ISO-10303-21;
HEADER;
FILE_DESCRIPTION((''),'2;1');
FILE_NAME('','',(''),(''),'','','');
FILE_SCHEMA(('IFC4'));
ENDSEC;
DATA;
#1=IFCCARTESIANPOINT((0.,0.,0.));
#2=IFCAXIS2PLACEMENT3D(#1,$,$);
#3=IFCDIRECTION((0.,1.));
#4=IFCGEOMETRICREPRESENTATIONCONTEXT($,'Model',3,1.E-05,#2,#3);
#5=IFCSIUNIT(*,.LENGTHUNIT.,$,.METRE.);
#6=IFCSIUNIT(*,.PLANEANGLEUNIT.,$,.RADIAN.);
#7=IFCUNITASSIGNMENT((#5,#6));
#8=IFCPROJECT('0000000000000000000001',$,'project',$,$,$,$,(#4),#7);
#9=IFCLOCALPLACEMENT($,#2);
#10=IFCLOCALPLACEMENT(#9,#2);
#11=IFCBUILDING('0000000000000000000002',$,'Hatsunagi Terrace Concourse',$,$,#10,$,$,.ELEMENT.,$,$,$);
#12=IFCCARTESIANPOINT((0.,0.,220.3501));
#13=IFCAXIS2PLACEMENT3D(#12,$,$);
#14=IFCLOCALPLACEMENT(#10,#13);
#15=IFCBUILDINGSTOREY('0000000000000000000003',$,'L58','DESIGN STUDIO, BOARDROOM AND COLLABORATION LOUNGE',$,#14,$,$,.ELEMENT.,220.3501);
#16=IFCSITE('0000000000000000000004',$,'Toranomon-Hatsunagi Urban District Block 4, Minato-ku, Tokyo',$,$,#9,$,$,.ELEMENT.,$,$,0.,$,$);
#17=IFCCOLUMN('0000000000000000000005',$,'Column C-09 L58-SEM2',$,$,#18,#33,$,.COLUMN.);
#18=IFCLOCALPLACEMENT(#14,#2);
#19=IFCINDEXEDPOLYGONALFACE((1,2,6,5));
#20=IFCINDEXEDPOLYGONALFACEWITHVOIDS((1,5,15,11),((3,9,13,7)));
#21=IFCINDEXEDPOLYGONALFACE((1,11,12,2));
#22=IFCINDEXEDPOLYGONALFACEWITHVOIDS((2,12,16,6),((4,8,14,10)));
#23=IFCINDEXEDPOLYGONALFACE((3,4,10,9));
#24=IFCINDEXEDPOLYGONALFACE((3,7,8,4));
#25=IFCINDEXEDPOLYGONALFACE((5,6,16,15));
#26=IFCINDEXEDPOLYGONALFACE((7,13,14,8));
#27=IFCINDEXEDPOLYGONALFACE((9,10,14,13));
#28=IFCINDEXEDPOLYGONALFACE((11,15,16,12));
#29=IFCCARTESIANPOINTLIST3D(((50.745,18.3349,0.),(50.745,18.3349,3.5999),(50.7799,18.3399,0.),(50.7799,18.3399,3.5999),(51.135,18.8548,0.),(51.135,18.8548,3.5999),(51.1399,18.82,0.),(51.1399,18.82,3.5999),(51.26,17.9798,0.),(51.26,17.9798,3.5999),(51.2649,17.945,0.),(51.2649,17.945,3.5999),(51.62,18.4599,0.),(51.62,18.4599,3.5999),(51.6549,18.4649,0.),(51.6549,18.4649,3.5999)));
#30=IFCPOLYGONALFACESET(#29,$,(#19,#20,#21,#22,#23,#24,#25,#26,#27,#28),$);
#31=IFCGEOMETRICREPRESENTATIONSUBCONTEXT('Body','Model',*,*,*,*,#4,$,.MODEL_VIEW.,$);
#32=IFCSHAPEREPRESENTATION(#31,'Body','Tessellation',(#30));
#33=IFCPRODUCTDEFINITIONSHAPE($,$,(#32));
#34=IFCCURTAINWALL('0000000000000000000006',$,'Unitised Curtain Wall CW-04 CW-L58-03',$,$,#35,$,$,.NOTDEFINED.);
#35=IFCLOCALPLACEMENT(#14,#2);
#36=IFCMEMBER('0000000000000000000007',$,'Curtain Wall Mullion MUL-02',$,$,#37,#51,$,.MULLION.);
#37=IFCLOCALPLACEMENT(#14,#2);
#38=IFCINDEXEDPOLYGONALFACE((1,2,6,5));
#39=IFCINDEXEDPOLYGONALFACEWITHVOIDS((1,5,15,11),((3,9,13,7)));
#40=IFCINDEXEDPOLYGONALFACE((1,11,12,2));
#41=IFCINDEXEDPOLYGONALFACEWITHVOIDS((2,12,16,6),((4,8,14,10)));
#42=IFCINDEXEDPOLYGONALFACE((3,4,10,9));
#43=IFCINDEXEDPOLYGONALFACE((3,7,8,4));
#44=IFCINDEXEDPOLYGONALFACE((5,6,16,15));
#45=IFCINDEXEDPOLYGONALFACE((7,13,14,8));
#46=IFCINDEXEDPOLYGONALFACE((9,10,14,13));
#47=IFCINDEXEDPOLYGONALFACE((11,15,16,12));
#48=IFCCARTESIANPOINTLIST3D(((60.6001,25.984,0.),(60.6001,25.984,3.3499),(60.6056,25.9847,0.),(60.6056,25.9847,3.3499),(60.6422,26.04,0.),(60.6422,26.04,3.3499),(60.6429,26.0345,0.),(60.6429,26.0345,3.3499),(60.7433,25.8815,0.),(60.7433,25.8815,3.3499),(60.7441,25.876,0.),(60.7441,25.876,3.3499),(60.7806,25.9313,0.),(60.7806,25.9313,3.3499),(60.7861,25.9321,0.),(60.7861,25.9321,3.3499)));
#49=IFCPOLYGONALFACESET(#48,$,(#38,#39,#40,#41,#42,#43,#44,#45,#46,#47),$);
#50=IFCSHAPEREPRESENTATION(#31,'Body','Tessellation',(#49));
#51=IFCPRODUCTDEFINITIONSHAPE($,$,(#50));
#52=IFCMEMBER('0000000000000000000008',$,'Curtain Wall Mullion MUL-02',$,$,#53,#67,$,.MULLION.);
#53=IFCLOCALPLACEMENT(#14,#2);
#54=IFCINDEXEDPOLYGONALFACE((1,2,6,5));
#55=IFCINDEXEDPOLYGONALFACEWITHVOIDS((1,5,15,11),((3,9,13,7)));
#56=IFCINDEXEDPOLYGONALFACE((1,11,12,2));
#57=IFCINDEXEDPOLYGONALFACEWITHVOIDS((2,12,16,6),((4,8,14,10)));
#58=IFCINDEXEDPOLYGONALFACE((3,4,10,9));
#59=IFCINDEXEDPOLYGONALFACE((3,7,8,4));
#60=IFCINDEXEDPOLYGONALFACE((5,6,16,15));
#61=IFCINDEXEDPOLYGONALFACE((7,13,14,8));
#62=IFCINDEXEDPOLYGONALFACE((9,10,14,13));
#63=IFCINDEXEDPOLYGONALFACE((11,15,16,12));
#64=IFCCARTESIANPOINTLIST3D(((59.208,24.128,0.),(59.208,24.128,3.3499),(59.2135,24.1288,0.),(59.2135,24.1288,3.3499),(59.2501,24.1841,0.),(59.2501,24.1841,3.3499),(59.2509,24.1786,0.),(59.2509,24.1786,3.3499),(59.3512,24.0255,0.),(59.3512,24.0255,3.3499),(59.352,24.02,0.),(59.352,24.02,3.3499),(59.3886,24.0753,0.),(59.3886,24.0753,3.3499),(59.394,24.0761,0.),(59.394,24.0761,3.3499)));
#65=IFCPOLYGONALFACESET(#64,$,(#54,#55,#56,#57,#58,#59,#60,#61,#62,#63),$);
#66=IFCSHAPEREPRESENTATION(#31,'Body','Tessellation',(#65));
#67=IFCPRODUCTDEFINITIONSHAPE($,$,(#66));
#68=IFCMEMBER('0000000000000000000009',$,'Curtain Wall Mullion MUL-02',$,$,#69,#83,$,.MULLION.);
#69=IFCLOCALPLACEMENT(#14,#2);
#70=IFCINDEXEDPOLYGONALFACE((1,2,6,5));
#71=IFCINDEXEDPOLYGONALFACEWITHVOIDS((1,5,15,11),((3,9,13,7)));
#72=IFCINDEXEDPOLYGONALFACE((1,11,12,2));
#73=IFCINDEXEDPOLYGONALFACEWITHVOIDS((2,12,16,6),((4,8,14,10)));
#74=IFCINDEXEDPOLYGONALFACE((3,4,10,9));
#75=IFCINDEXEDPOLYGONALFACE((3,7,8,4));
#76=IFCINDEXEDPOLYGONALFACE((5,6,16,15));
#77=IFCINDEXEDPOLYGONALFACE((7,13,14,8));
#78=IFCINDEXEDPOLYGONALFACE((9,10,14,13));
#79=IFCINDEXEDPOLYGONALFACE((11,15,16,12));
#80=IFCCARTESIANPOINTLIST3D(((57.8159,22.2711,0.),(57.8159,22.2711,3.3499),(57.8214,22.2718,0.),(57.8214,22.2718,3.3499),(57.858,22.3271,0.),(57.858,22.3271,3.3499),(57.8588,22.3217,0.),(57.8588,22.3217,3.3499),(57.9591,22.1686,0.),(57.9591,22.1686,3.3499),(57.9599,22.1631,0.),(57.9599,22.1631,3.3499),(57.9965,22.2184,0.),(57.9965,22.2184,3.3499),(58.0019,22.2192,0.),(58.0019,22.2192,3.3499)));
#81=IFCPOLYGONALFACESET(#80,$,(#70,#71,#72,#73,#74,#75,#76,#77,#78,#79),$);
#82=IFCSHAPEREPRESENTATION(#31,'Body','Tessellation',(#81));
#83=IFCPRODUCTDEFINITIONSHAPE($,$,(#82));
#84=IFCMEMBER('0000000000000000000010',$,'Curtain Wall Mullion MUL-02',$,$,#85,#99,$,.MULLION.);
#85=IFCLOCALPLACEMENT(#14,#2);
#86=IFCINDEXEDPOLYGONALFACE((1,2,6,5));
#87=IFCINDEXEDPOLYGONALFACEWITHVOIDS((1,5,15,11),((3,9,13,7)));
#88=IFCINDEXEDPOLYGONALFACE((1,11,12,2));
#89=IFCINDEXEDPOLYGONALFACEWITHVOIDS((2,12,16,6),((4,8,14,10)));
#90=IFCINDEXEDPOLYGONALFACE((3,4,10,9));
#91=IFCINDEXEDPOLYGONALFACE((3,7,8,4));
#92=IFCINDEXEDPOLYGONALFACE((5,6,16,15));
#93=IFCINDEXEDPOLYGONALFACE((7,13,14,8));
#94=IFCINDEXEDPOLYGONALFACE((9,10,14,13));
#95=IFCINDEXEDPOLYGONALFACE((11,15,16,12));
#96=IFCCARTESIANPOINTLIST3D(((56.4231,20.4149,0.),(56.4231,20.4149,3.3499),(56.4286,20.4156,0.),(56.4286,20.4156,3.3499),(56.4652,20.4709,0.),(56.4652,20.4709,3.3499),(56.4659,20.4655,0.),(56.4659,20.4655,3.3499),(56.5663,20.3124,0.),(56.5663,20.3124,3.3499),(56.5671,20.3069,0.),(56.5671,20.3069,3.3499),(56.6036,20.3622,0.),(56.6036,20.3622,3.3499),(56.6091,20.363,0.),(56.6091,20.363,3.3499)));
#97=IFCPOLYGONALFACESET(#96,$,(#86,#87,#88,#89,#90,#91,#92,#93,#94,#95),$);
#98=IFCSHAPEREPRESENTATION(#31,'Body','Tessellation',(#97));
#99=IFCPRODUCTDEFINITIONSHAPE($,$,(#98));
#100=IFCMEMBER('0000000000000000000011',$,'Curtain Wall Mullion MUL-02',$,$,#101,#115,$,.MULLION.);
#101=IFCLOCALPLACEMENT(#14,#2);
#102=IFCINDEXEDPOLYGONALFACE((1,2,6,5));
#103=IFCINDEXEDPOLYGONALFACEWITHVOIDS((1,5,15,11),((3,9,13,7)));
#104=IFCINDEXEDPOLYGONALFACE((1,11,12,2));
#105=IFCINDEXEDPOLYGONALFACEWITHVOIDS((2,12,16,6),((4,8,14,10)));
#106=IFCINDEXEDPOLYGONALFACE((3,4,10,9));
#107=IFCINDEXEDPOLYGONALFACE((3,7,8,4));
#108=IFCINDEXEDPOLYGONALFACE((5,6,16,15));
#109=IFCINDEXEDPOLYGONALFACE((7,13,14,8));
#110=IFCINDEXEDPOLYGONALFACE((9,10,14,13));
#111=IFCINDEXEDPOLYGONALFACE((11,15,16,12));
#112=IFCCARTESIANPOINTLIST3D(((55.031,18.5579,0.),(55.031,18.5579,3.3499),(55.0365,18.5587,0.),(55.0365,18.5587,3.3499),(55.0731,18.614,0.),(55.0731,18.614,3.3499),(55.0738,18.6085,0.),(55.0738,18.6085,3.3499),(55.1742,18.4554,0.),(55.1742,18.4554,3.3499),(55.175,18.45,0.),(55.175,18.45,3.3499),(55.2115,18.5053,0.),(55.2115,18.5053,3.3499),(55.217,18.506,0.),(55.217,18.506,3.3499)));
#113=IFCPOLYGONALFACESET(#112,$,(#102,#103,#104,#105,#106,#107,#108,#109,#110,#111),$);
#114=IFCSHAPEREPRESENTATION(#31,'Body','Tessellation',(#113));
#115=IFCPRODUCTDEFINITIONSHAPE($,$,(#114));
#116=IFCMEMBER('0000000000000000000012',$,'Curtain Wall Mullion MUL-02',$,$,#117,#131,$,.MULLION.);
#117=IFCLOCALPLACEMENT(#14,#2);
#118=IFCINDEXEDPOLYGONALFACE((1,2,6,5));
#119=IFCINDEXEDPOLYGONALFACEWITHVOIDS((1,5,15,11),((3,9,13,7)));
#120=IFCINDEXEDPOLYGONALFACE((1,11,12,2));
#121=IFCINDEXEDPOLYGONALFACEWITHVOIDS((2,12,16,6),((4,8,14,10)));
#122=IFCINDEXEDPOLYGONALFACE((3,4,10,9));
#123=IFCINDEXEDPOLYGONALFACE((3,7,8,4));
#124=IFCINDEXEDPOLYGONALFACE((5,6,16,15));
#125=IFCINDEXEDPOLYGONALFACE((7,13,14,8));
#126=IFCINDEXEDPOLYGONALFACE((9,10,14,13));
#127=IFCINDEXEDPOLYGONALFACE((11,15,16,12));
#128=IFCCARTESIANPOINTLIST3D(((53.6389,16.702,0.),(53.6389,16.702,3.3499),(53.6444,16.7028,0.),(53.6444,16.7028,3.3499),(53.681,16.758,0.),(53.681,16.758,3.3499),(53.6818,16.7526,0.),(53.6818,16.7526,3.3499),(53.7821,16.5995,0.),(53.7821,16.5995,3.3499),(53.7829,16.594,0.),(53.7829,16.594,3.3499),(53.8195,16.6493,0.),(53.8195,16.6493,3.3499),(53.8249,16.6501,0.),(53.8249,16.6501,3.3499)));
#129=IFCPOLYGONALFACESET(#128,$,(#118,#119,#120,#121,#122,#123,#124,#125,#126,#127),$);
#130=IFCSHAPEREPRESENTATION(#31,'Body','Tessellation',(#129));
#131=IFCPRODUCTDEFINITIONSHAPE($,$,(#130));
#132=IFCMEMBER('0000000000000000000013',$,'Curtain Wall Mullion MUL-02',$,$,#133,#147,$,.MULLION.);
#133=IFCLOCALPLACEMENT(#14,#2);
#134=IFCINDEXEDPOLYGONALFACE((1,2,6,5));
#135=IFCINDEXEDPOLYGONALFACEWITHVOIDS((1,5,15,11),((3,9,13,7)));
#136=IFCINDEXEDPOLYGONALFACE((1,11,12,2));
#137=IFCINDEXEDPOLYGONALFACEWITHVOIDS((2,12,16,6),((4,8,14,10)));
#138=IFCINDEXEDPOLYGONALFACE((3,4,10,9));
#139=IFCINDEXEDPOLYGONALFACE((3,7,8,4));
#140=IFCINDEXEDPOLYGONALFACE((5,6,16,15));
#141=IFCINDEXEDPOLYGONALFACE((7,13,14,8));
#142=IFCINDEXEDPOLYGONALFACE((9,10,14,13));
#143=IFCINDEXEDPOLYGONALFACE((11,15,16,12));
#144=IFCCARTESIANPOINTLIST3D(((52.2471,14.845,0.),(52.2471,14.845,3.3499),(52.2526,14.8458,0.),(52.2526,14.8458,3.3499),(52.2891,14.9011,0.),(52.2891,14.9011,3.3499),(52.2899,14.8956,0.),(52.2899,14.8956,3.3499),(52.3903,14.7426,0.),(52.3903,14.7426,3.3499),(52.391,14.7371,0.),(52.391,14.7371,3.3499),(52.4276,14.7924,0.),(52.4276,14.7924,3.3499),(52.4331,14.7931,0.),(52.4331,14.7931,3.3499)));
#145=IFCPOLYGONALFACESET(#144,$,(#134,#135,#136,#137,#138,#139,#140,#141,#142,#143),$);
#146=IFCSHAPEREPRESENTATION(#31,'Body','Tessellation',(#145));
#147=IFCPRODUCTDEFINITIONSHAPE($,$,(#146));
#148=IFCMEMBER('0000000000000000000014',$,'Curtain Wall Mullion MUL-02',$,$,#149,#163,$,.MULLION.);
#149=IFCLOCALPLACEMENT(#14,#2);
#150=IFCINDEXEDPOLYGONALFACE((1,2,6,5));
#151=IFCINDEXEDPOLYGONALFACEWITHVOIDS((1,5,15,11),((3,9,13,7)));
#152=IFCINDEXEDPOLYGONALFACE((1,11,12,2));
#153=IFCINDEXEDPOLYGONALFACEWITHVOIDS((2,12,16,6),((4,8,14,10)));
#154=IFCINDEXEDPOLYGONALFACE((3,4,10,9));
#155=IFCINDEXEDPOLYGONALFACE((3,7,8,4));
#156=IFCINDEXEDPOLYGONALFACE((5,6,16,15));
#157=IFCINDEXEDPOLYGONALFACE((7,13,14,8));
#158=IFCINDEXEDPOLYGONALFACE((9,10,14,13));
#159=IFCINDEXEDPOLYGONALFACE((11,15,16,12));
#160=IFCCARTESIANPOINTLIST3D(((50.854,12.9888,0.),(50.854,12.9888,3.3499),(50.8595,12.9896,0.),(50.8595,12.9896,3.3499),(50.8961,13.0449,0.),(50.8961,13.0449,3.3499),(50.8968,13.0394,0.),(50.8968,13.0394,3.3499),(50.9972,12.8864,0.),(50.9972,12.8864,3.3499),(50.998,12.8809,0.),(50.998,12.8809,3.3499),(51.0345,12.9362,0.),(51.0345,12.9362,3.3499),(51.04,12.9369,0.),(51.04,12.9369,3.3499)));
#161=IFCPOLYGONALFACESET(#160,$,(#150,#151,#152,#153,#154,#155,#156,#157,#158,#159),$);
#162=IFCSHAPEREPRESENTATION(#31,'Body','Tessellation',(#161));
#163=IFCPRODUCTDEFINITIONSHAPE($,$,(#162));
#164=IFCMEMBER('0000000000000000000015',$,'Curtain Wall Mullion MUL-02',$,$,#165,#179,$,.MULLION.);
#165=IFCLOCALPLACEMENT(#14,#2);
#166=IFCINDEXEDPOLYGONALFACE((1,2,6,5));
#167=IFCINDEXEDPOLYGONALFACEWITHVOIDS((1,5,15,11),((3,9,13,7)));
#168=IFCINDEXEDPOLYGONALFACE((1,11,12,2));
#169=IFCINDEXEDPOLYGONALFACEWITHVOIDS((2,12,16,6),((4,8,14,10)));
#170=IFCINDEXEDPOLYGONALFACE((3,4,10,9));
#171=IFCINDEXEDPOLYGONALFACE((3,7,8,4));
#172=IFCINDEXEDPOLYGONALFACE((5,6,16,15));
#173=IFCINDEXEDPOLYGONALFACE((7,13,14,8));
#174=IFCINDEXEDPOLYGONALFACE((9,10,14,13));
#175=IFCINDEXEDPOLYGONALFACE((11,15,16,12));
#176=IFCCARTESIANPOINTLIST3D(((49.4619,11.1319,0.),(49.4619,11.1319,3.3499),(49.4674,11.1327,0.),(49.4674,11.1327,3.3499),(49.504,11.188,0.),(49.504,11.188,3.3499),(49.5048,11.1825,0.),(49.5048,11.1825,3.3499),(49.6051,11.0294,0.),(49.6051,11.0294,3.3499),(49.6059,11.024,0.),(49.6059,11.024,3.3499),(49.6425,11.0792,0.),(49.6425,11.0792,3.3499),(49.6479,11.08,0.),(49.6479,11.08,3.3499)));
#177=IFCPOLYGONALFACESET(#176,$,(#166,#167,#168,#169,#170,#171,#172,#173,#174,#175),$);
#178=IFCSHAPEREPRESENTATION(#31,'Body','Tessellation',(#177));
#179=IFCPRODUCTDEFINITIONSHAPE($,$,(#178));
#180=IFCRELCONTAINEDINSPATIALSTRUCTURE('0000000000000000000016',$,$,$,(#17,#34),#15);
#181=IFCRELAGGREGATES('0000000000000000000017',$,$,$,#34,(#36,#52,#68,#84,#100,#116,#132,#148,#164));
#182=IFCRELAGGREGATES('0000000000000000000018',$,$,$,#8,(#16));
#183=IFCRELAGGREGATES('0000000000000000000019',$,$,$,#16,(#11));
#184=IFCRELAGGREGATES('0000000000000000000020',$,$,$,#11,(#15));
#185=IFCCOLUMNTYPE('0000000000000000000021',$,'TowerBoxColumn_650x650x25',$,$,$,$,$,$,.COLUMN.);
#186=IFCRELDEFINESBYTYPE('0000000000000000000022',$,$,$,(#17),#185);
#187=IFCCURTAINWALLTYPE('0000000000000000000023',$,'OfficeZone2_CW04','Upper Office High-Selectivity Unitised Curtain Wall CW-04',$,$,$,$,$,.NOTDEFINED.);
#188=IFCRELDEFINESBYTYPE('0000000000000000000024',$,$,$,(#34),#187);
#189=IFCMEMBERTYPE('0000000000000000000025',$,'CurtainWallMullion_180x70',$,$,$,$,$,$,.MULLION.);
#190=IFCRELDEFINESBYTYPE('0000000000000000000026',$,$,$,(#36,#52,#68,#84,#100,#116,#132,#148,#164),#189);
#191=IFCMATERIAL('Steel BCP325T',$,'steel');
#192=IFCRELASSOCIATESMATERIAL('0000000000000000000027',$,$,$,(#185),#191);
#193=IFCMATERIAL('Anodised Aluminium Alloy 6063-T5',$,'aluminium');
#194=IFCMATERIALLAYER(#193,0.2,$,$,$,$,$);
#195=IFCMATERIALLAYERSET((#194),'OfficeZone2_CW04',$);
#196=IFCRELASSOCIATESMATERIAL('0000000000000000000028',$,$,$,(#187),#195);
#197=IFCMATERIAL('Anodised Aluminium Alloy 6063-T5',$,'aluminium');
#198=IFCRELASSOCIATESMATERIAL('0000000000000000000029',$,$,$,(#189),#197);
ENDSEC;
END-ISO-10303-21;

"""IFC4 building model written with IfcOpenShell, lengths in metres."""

from ifc_helpers import new_model, si_unit, direction, frame, origin, origin_2d, place, context, subcontext, project, spatial, hollow_rectangle, extrude, material, layer, layer_set, material_profile, profile_set, type_object, element, aggregate, save


model = new_model("IFC4")

# Units and contexts
model_context = context("Model", 3, precision=1e-05, world=origin(), true_north=direction((0.0, 1.0)))
body_context = subcontext(model_context, "Body", "Model", "MODEL_VIEW")
ifc_project = project(units=[si_unit("LENGTHUNIT", "METRE"), si_unit("PLANEANGLEUNIT", "RADIAN")], contexts=[model_context])

# Site, building, storey
site_placement = place(None, origin())
site = spatial("IfcSite", under=ifc_project, at=site_placement, Name="Toranomon-Hatsunagi Urban District Block 4, Minato-ku, Tokyo", CompositionType="ELEMENT", RefElevation=0.0)
building_placement = place(site_placement, origin())
building = spatial("IfcBuilding", under=site, at=building_placement, Name="Hatsunagi Terrace Concourse", CompositionType="ELEMENT")
storey_placement = place(building_placement, frame((0.0, 0.0, 220.3501)))
storey = spatial("IfcBuildingStorey", under=building, at=storey_placement, Name="L58", Description="DESIGN STUDIO, BOARDROOM AND COLLABORATION LOUNGE", CompositionType="ELEMENT", Elevation=220.3501)

# Column
ifc_material_1 = material(Name="Steel BCP325T", Category="steel")
ifc_material_profile_1 = material_profile(ifc_material_1, hollow_rectangle(XDim=0.6499, YDim=0.6499, WallThickness=0.0249, at=origin_2d()), Name="BCP-650x650x25")
ifc_profile_set_1 = profile_set([ifc_material_profile_1], Name="Steel BCP325T")
column_type = type_object("IfcColumnType", Name="TowerBoxColumn_650x650x25", PredefinedType="COLUMN", material=ifc_profile_set_1)
column_placement = place(storey_placement, frame((51.2, 18.3999, 0.0), z_axis=(0.0, 0.0, 1.0), x_axis=(0.8, -0.6, 0.0)))
element("IfcColumn", 1, at=column_placement, inside=storey, type_object=column_type, Name="Column C-09 L58-SEM2", PredefinedType="COLUMN", context=body_context, shape_type="SweptSolid", body=[
    extrude(hollow_rectangle(XDim=0.6499, YDim=0.6499, WallThickness=0.0249, at=origin_2d()), origin(), (0.0, 0.0, 1.0), 3.5999),
])

# Curtain wall, members
ifc_material_2 = material(Name="Anodised Aluminium Alloy 6063-T5", Category="aluminium")
ifc_layer_1 = layer(ifc_material_2, 0.2)
ifc_layer_set_1 = layer_set([ifc_layer_1], Name="OfficeZone2_CW04")
curtain_wall_type = type_object("IfcCurtainWallType", Name="OfficeZone2_CW04", Description="Upper Office High-Selectivity Unitised Curtain Wall CW-04", PredefinedType="NOTDEFINED", material=ifc_layer_set_1)
curtain_wall_placement = place(storey_placement, origin())
curtain_wall = element("IfcCurtainWall", 2, at=curtain_wall_placement, inside=storey, type_object=curtain_wall_type, Name="Unitised Curtain Wall CW-04 CW-L58-03", PredefinedType="NOTDEFINED")
ifc_material_3 = material(Name="Anodised Aluminium Alloy 6063-T5", Category="aluminium")
ifc_material_profile_2 = material_profile(ifc_material_3, hollow_rectangle(XDim=0.0701, YDim=0.1799, WallThickness=0.0039, at=origin_2d()), Name="ALU-MUL-180x70x4")
ifc_profile_set_2 = profile_set([ifc_material_profile_2], Name="Anodised Aluminium Alloy 6063-T5")
member_type_1 = type_object("IfcMemberType", Name="CurtainWallMullion_180x70", PredefinedType="MULLION", material=ifc_profile_set_2)
member_1_placement = place(storey_placement, frame((60.6931, 25.958, 0.0), z_axis=(0.0, 0.0, 1.0), x_axis=(-0.599969, -0.800023, 0.0)))
member_1 = element("IfcMember", 3, at=member_1_placement, type_object=member_type_1, Name="Curtain Wall Mullion MUL-02", PredefinedType="MULLION", context=body_context, shape_type="SweptSolid", body=[
    extrude(hollow_rectangle(XDim=0.0701, YDim=0.1799, WallThickness=0.0039, at=origin_2d()), origin(), (0.0, 0.0, 1.0), 3.3499),
])
member_2_placement = place(storey_placement, frame((59.301, 24.1021, 0.0), z_axis=(0.0, 0.0, 1.0), x_axis=(-0.599969, -0.800023, 0.0)))
member_2 = element("IfcMember", 4, at=member_2_placement, type_object=member_type_1, Name="Curtain Wall Mullion MUL-02", PredefinedType="MULLION", context=body_context, shape_type="SweptSolid", body=[
    extrude(hollow_rectangle(XDim=0.0701, YDim=0.1799, WallThickness=0.0039, at=origin_2d()), origin(), (0.0, 0.0, 1.0), 3.3499),
])
member_3_placement = place(storey_placement, frame((57.9089, 22.2451, 0.0), z_axis=(0.0, 0.0, 1.0), x_axis=(-0.599969, -0.800023, 0.0)))
member_3 = element("IfcMember", 5, at=member_3_placement, type_object=member_type_1, Name="Curtain Wall Mullion MUL-02", PredefinedType="MULLION", context=body_context, shape_type="SweptSolid", body=[
    extrude(hollow_rectangle(XDim=0.0701, YDim=0.1799, WallThickness=0.0039, at=origin_2d()), origin(), (0.0, 0.0, 1.0), 3.3499),
])
member_4_placement = place(storey_placement, frame((56.5161, 20.3889, 0.0), z_axis=(0.0, 0.0, 1.0), x_axis=(-0.599969, -0.800023, 0.0)))
member_4 = element("IfcMember", 6, at=member_4_placement, type_object=member_type_1, Name="Curtain Wall Mullion MUL-02", PredefinedType="MULLION", context=body_context, shape_type="SweptSolid", body=[
    extrude(hollow_rectangle(XDim=0.0701, YDim=0.1799, WallThickness=0.0039, at=origin_2d()), origin(), (0.0, 0.0, 1.0), 3.3499),
])
member_5_placement = place(storey_placement, frame((55.124, 18.532, 0.0), z_axis=(0.0, 0.0, 1.0), x_axis=(-0.599969, -0.800023, 0.0)))
member_5 = element("IfcMember", 7, at=member_5_placement, type_object=member_type_1, Name="Curtain Wall Mullion MUL-02", PredefinedType="MULLION", context=body_context, shape_type="SweptSolid", body=[
    extrude(hollow_rectangle(XDim=0.0701, YDim=0.1799, WallThickness=0.0039, at=origin_2d()), origin(), (0.0, 0.0, 1.0), 3.3499),
])
member_6_placement = place(storey_placement, frame((53.7319, 16.676, 0.0), z_axis=(0.0, 0.0, 1.0), x_axis=(-0.599969, -0.800023, 0.0)))
member_6 = element("IfcMember", 8, at=member_6_placement, type_object=member_type_1, Name="Curtain Wall Mullion MUL-02", PredefinedType="MULLION", context=body_context, shape_type="SweptSolid", body=[
    extrude(hollow_rectangle(XDim=0.0701, YDim=0.1799, WallThickness=0.0039, at=origin_2d()), origin(), (0.0, 0.0, 1.0), 3.3499),
])
member_7_placement = place(storey_placement, frame((52.3401, 14.8191, 0.0), z_axis=(0.0, 0.0, 1.0), x_axis=(-0.599969, -0.800023, 0.0)))
member_7 = element("IfcMember", 9, at=member_7_placement, type_object=member_type_1, Name="Curtain Wall Mullion MUL-02", PredefinedType="MULLION", context=body_context, shape_type="SweptSolid", body=[
    extrude(hollow_rectangle(XDim=0.0701, YDim=0.1799, WallThickness=0.0039, at=origin_2d()), origin(), (0.0, 0.0, 1.0), 3.3499),
])
member_8_placement = place(storey_placement, frame((50.947, 12.9629, 0.0), z_axis=(0.0, 0.0, 1.0), x_axis=(-0.599969, -0.800023, 0.0)))
member_8 = element("IfcMember", 10, at=member_8_placement, type_object=member_type_1, Name="Curtain Wall Mullion MUL-02", PredefinedType="MULLION", context=body_context, shape_type="SweptSolid", body=[
    extrude(hollow_rectangle(XDim=0.0701, YDim=0.1799, WallThickness=0.0039, at=origin_2d()), origin(), (0.0, 0.0, 1.0), 3.3499),
])
member_9_placement = place(storey_placement, frame((49.5549, 11.106, 0.0), z_axis=(0.0, 0.0, 1.0), x_axis=(-0.599969, -0.800023, 0.0)))
member_9 = element("IfcMember", 11, at=member_9_placement, type_object=member_type_1, Name="Curtain Wall Mullion MUL-02", PredefinedType="MULLION", context=body_context, shape_type="SweptSolid", body=[
    extrude(hollow_rectangle(XDim=0.0701, YDim=0.1799, WallThickness=0.0039, at=origin_2d()), origin(), (0.0, 0.0, 1.0), 3.3499),
])

aggregate(curtain_wall, [member_1, member_2, member_3, member_4, member_5, member_6, member_7, member_8, member_9])

save(model, "model.ifc")
